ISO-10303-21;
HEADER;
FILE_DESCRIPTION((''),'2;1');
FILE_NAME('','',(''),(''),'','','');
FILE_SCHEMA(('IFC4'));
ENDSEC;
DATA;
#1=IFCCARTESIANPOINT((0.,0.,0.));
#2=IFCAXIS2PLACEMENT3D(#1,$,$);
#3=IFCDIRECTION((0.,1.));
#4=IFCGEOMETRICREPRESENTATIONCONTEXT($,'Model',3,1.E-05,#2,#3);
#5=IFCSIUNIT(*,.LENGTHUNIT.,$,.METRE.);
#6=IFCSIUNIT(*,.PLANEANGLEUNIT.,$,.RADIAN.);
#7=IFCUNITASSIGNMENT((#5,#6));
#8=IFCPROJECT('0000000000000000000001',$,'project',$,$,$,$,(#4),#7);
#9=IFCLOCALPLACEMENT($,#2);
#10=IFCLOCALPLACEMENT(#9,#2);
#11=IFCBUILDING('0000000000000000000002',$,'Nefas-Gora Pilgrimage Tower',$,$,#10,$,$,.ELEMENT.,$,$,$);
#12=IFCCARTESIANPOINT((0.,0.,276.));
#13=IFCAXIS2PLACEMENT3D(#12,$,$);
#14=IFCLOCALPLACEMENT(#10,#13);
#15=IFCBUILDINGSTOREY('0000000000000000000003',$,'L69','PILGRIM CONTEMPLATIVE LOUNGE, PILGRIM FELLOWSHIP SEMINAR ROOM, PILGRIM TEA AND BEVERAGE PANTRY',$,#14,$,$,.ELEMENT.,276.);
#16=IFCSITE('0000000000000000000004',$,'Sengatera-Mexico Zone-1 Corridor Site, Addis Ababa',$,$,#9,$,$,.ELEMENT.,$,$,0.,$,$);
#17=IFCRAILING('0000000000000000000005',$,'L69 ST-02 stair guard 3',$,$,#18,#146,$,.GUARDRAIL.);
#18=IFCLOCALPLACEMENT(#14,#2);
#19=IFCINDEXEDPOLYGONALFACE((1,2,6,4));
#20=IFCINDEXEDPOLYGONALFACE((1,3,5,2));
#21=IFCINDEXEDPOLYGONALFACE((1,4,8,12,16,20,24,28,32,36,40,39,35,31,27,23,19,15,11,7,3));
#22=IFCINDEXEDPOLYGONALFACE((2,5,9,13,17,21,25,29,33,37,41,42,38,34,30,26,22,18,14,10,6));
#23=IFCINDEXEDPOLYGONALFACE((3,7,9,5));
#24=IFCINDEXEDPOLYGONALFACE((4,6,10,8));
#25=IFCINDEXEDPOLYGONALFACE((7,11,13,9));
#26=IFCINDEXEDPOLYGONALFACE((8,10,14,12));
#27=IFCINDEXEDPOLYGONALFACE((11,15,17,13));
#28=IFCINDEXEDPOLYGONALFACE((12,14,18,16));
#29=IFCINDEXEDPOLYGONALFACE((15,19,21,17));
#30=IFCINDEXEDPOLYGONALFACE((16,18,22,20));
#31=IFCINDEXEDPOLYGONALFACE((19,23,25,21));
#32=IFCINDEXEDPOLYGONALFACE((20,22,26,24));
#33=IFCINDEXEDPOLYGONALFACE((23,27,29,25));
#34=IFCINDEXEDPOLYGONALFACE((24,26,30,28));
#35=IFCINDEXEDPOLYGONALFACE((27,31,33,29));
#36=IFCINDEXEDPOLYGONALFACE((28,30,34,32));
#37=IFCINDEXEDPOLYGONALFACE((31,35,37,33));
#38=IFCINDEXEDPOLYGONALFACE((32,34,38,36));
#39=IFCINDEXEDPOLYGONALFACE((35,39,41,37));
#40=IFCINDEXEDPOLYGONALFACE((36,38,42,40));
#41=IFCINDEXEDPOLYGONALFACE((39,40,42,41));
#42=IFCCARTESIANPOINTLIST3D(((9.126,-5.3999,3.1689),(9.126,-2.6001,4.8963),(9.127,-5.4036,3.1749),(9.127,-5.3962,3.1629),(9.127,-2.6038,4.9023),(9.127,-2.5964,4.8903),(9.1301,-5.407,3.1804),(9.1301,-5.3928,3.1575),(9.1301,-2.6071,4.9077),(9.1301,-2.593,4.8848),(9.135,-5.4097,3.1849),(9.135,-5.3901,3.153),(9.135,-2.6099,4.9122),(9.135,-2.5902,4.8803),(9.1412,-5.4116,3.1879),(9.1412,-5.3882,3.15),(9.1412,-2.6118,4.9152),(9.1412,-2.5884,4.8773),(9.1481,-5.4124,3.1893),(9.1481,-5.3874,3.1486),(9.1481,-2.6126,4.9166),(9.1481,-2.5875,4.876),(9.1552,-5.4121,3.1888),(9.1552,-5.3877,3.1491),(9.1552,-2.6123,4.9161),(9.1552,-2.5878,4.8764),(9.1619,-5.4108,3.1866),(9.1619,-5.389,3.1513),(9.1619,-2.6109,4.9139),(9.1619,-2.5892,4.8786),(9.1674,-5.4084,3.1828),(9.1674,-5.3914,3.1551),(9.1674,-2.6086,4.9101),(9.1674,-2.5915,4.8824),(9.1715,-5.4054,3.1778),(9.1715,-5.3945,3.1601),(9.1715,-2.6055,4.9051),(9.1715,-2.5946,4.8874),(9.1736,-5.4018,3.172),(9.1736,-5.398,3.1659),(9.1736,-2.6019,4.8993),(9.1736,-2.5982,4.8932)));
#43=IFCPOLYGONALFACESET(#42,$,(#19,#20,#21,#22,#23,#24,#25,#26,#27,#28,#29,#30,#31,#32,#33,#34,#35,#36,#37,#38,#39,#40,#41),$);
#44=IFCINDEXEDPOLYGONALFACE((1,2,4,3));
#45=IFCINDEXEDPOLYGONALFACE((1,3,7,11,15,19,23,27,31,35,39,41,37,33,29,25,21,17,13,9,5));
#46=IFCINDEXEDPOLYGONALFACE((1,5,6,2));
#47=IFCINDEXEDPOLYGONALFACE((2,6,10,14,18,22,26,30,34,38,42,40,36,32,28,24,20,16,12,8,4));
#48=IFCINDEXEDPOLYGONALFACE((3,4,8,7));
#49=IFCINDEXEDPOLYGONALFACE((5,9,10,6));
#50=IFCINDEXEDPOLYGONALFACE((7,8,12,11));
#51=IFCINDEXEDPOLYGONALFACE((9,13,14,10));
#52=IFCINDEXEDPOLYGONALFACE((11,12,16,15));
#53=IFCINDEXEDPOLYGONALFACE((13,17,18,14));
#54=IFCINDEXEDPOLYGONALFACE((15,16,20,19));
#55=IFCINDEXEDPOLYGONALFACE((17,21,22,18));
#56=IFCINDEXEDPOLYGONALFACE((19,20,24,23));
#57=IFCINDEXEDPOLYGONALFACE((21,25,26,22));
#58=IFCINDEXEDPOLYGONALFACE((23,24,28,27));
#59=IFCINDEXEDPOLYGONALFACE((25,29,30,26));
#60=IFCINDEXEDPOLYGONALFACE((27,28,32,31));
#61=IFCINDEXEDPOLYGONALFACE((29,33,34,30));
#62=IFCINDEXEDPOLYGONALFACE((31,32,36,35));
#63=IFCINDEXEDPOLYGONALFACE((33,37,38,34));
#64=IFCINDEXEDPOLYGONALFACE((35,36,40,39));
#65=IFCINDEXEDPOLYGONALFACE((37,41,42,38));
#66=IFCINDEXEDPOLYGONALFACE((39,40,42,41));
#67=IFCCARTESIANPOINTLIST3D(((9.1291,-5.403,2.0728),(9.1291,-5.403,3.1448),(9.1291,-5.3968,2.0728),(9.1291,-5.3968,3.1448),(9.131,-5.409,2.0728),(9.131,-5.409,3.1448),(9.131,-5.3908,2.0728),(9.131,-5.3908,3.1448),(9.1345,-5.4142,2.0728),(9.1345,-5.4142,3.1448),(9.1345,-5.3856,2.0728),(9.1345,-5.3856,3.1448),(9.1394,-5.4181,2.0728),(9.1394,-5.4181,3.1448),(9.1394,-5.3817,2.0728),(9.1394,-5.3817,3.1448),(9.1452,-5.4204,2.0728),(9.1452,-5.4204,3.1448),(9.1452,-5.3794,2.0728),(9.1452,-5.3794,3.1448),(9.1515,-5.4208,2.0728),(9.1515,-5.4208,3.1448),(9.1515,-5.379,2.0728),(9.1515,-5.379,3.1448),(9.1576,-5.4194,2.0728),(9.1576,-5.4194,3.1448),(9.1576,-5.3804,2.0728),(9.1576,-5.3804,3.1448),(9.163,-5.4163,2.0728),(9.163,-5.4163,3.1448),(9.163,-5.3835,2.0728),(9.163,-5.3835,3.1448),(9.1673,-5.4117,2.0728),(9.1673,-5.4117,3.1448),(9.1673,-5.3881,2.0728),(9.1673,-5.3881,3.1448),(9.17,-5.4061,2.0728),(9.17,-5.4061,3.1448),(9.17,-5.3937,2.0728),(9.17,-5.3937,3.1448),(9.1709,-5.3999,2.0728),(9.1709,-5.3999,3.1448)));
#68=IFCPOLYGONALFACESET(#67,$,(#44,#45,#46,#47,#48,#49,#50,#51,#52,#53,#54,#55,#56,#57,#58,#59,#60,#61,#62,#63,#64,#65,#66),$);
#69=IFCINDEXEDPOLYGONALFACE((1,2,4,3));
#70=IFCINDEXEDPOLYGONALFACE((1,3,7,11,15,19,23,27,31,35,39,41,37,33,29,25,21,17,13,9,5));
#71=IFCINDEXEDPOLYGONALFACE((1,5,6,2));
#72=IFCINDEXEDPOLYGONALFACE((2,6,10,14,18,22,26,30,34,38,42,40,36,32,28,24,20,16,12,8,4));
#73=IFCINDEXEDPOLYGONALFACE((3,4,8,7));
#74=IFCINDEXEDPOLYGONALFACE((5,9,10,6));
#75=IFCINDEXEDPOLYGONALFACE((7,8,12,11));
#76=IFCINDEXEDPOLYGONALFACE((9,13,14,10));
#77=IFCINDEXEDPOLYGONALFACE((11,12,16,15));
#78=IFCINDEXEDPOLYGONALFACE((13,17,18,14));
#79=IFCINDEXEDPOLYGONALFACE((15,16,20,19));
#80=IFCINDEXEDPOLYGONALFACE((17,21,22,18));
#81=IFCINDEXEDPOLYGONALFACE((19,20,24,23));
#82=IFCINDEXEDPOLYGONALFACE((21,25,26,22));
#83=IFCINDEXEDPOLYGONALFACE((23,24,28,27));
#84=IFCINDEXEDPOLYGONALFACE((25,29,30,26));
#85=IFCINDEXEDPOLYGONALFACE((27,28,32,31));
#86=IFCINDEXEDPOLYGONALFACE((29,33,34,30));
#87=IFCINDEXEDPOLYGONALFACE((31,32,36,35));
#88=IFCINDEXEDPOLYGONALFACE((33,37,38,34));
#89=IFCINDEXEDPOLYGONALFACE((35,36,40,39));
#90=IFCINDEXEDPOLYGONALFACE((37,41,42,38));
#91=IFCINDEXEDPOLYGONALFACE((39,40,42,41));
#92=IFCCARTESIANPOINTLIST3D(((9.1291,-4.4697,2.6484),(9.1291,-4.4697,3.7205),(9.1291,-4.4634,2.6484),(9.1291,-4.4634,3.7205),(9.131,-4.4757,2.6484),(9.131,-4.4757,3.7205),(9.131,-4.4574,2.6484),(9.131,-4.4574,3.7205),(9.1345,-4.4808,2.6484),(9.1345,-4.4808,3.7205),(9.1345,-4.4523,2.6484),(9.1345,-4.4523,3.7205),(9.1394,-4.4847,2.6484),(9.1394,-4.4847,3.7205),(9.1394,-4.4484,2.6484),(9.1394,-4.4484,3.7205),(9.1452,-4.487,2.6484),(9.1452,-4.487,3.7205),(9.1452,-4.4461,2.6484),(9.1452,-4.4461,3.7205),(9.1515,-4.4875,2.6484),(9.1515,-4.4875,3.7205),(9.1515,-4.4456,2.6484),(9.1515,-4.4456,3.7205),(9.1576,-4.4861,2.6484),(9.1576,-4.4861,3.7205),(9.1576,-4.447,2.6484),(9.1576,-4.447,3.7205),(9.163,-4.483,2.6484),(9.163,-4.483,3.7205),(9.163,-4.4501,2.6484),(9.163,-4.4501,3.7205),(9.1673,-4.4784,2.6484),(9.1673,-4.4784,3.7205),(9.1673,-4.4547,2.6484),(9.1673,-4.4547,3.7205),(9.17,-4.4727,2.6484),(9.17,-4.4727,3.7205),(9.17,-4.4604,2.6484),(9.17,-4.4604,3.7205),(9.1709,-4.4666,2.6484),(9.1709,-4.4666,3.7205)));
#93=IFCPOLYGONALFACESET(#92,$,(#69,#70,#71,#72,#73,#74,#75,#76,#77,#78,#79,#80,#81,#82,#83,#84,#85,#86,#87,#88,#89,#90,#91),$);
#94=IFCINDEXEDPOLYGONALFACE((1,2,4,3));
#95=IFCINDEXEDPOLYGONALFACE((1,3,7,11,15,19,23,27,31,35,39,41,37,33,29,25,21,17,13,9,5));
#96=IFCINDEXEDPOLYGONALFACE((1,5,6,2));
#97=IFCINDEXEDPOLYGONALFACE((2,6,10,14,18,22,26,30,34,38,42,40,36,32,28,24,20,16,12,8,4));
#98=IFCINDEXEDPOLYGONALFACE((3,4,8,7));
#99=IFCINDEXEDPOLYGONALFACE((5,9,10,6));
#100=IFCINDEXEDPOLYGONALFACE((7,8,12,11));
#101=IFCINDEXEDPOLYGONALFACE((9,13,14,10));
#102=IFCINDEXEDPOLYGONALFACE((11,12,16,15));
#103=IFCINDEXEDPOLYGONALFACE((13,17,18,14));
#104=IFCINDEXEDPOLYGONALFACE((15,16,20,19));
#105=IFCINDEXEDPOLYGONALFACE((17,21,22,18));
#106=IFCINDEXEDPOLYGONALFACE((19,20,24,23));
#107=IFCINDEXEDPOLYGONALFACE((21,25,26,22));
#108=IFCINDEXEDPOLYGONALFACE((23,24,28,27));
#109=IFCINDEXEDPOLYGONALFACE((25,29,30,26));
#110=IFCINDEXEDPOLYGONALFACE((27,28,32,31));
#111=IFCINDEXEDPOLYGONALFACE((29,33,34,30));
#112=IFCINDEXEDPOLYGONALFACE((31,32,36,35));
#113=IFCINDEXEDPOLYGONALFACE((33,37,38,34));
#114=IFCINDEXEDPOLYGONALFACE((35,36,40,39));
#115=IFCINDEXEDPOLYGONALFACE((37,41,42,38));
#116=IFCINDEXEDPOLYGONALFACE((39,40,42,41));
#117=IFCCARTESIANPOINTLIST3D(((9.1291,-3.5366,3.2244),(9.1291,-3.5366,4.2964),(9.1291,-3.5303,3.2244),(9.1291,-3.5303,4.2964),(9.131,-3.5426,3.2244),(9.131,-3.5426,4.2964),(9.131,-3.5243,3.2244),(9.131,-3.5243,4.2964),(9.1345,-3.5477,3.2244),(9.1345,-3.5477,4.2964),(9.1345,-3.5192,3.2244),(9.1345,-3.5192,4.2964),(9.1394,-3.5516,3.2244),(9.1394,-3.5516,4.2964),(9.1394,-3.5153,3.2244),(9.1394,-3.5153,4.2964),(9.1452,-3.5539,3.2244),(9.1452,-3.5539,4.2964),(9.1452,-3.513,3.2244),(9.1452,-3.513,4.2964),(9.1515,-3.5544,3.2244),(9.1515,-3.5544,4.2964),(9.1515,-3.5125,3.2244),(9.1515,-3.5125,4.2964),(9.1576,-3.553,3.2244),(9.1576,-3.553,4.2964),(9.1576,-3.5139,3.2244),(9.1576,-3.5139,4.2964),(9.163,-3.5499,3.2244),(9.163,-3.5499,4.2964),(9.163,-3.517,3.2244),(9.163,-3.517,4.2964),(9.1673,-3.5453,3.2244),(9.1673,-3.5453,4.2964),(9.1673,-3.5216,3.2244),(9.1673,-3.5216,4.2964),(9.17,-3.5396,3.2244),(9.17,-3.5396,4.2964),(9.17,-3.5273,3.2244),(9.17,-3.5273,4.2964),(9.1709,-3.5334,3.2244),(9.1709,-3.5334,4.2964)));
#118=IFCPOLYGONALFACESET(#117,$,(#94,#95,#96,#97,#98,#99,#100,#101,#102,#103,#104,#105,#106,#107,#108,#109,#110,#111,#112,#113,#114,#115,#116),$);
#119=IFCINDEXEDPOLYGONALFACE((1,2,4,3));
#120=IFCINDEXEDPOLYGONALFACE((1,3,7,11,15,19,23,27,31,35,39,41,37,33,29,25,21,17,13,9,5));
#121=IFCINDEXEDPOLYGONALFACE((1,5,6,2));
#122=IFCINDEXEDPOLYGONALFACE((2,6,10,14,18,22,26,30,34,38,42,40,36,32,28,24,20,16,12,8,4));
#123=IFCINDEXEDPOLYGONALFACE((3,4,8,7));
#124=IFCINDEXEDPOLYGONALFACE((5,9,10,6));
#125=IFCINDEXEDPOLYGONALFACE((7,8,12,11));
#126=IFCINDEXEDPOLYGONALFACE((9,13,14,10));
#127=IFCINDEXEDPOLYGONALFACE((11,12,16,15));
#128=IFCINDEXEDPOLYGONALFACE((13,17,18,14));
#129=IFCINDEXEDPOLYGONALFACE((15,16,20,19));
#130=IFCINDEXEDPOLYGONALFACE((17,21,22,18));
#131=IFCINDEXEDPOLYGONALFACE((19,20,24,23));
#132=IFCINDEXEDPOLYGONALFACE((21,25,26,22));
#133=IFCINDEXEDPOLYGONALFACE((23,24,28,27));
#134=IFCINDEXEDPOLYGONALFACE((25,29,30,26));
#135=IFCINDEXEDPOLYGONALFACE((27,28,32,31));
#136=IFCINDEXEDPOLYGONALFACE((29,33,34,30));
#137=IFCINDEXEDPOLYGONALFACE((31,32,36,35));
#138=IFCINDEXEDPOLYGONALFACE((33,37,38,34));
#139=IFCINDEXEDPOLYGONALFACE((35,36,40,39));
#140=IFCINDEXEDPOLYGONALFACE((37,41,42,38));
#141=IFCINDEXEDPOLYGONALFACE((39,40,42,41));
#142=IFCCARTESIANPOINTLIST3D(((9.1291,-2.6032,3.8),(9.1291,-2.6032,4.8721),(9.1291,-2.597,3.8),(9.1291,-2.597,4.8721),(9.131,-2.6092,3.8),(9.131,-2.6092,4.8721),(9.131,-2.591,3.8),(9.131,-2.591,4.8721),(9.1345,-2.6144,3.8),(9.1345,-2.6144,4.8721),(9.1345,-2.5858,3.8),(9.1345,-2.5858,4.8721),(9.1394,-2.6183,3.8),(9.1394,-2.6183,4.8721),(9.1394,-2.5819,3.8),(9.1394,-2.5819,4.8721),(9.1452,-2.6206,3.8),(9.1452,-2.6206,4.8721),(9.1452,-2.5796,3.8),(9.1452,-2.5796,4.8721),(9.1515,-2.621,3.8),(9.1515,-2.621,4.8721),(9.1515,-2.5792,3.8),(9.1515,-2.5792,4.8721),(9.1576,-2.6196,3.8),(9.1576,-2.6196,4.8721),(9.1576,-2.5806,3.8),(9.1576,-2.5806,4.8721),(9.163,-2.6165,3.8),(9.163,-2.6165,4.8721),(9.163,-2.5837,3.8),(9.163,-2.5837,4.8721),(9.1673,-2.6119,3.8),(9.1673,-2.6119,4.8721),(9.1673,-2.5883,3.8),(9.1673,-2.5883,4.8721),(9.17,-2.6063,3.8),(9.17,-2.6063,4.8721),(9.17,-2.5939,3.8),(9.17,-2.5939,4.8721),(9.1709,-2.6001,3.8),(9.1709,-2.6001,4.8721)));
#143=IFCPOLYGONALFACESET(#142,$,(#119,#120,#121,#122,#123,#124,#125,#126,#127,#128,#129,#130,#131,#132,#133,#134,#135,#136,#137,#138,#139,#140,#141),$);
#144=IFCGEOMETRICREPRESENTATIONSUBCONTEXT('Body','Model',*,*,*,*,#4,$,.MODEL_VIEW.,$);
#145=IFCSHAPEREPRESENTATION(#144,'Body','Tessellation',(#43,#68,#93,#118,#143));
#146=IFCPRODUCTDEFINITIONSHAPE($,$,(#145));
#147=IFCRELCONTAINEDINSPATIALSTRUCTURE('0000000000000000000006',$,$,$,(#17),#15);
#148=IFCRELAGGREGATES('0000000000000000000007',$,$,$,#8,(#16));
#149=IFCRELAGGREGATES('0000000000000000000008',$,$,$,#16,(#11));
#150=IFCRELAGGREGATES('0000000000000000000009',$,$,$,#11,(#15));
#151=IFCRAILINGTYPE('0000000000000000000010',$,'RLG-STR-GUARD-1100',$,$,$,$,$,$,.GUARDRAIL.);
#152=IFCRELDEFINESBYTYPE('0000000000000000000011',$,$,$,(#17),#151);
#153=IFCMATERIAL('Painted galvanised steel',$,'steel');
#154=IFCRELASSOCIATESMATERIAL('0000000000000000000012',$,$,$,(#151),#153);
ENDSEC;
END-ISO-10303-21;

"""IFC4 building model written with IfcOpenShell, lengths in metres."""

from ifc_helpers import new_model, si_unit, direction, frame, origin, origin_2d, place, context, subcontext, project, spatial, circle, extrude, material, type_object, element, save


model = new_model("IFC4")

# Units and contexts
model_context = context("Model", 3, precision=1e-05, world=origin(), true_north=direction((0.0, 1.0)))
body_context = subcontext(model_context, "Body", "Model", "MODEL_VIEW")
ifc_project = project(units=[si_unit("LENGTHUNIT", "METRE"), si_unit("PLANEANGLEUNIT", "RADIAN")], contexts=[model_context])

# Site, building, storey
site_placement = place(None, origin())
site = spatial("IfcSite", under=ifc_project, at=site_placement, Name="Sengatera-Mexico Zone-1 Corridor Site, Addis Ababa", CompositionType="ELEMENT", RefElevation=0.0)
building_placement = place(site_placement, origin())
building = spatial("IfcBuilding", under=site, at=building_placement, Name="Nefas-Gora Pilgrimage Tower", CompositionType="ELEMENT")
storey_placement = place(building_placement, frame((0.0, 0.0, 276.0)))
storey = spatial("IfcBuildingStorey", under=building, at=storey_placement, Name="L69", Description="PILGRIM CONTEMPLATIVE LOUNGE, PILGRIM FELLOWSHIP SEMINAR ROOM, PILGRIM TEA AND BEVERAGE PANTRY", CompositionType="ELEMENT", Elevation=276.0)

# Railing
ifc_material_1 = material(Name="Painted galvanised steel", Category="steel")
railing_type_1 = type_object("IfcRailingType", Name="RLG-STR-GUARD-1100", PredefinedType="GUARDRAIL", material=ifc_material_1)
railing_1_placement = place(storey_placement, frame((9.1499, -5.3999, 2.0728)))
element("IfcRailing", 1, at=railing_1_placement, inside=storey, type_object=railing_type_1, Name="L69 ST-02 stair guard 3", PredefinedType="GUARDRAIL", context=body_context, shape_type="SweptSolid", body=[
    extrude(circle(Radius=0.0239, at=origin_2d()), frame((0.0, 0.0, 1.0962), z_axis=(0.0, 0.851069, 0.525054), x_axis=(-1.0, 0.0, 0.0)), (0.0, 0.0, 1.0), 3.2898),
    extrude(circle(Radius=0.021, at=origin_2d()), origin(), (0.0, 0.0, 1.0), 1.072),
    extrude(circle(Radius=0.021, at=origin_2d()), frame((0.0, 0.9333, 0.5757)), (0.0, 0.0, 1.0), 1.072),
    extrude(circle(Radius=0.021, at=origin_2d()), frame((0.0, 1.8665, 1.1516)), (0.0, 0.0, 1.0), 1.072),
    extrude(circle(Radius=0.021, at=origin_2d()), frame((0.0, 2.7998, 1.7273)), (0.0, 0.0, 1.0), 1.072),
])

save(model, "model.ifc")
